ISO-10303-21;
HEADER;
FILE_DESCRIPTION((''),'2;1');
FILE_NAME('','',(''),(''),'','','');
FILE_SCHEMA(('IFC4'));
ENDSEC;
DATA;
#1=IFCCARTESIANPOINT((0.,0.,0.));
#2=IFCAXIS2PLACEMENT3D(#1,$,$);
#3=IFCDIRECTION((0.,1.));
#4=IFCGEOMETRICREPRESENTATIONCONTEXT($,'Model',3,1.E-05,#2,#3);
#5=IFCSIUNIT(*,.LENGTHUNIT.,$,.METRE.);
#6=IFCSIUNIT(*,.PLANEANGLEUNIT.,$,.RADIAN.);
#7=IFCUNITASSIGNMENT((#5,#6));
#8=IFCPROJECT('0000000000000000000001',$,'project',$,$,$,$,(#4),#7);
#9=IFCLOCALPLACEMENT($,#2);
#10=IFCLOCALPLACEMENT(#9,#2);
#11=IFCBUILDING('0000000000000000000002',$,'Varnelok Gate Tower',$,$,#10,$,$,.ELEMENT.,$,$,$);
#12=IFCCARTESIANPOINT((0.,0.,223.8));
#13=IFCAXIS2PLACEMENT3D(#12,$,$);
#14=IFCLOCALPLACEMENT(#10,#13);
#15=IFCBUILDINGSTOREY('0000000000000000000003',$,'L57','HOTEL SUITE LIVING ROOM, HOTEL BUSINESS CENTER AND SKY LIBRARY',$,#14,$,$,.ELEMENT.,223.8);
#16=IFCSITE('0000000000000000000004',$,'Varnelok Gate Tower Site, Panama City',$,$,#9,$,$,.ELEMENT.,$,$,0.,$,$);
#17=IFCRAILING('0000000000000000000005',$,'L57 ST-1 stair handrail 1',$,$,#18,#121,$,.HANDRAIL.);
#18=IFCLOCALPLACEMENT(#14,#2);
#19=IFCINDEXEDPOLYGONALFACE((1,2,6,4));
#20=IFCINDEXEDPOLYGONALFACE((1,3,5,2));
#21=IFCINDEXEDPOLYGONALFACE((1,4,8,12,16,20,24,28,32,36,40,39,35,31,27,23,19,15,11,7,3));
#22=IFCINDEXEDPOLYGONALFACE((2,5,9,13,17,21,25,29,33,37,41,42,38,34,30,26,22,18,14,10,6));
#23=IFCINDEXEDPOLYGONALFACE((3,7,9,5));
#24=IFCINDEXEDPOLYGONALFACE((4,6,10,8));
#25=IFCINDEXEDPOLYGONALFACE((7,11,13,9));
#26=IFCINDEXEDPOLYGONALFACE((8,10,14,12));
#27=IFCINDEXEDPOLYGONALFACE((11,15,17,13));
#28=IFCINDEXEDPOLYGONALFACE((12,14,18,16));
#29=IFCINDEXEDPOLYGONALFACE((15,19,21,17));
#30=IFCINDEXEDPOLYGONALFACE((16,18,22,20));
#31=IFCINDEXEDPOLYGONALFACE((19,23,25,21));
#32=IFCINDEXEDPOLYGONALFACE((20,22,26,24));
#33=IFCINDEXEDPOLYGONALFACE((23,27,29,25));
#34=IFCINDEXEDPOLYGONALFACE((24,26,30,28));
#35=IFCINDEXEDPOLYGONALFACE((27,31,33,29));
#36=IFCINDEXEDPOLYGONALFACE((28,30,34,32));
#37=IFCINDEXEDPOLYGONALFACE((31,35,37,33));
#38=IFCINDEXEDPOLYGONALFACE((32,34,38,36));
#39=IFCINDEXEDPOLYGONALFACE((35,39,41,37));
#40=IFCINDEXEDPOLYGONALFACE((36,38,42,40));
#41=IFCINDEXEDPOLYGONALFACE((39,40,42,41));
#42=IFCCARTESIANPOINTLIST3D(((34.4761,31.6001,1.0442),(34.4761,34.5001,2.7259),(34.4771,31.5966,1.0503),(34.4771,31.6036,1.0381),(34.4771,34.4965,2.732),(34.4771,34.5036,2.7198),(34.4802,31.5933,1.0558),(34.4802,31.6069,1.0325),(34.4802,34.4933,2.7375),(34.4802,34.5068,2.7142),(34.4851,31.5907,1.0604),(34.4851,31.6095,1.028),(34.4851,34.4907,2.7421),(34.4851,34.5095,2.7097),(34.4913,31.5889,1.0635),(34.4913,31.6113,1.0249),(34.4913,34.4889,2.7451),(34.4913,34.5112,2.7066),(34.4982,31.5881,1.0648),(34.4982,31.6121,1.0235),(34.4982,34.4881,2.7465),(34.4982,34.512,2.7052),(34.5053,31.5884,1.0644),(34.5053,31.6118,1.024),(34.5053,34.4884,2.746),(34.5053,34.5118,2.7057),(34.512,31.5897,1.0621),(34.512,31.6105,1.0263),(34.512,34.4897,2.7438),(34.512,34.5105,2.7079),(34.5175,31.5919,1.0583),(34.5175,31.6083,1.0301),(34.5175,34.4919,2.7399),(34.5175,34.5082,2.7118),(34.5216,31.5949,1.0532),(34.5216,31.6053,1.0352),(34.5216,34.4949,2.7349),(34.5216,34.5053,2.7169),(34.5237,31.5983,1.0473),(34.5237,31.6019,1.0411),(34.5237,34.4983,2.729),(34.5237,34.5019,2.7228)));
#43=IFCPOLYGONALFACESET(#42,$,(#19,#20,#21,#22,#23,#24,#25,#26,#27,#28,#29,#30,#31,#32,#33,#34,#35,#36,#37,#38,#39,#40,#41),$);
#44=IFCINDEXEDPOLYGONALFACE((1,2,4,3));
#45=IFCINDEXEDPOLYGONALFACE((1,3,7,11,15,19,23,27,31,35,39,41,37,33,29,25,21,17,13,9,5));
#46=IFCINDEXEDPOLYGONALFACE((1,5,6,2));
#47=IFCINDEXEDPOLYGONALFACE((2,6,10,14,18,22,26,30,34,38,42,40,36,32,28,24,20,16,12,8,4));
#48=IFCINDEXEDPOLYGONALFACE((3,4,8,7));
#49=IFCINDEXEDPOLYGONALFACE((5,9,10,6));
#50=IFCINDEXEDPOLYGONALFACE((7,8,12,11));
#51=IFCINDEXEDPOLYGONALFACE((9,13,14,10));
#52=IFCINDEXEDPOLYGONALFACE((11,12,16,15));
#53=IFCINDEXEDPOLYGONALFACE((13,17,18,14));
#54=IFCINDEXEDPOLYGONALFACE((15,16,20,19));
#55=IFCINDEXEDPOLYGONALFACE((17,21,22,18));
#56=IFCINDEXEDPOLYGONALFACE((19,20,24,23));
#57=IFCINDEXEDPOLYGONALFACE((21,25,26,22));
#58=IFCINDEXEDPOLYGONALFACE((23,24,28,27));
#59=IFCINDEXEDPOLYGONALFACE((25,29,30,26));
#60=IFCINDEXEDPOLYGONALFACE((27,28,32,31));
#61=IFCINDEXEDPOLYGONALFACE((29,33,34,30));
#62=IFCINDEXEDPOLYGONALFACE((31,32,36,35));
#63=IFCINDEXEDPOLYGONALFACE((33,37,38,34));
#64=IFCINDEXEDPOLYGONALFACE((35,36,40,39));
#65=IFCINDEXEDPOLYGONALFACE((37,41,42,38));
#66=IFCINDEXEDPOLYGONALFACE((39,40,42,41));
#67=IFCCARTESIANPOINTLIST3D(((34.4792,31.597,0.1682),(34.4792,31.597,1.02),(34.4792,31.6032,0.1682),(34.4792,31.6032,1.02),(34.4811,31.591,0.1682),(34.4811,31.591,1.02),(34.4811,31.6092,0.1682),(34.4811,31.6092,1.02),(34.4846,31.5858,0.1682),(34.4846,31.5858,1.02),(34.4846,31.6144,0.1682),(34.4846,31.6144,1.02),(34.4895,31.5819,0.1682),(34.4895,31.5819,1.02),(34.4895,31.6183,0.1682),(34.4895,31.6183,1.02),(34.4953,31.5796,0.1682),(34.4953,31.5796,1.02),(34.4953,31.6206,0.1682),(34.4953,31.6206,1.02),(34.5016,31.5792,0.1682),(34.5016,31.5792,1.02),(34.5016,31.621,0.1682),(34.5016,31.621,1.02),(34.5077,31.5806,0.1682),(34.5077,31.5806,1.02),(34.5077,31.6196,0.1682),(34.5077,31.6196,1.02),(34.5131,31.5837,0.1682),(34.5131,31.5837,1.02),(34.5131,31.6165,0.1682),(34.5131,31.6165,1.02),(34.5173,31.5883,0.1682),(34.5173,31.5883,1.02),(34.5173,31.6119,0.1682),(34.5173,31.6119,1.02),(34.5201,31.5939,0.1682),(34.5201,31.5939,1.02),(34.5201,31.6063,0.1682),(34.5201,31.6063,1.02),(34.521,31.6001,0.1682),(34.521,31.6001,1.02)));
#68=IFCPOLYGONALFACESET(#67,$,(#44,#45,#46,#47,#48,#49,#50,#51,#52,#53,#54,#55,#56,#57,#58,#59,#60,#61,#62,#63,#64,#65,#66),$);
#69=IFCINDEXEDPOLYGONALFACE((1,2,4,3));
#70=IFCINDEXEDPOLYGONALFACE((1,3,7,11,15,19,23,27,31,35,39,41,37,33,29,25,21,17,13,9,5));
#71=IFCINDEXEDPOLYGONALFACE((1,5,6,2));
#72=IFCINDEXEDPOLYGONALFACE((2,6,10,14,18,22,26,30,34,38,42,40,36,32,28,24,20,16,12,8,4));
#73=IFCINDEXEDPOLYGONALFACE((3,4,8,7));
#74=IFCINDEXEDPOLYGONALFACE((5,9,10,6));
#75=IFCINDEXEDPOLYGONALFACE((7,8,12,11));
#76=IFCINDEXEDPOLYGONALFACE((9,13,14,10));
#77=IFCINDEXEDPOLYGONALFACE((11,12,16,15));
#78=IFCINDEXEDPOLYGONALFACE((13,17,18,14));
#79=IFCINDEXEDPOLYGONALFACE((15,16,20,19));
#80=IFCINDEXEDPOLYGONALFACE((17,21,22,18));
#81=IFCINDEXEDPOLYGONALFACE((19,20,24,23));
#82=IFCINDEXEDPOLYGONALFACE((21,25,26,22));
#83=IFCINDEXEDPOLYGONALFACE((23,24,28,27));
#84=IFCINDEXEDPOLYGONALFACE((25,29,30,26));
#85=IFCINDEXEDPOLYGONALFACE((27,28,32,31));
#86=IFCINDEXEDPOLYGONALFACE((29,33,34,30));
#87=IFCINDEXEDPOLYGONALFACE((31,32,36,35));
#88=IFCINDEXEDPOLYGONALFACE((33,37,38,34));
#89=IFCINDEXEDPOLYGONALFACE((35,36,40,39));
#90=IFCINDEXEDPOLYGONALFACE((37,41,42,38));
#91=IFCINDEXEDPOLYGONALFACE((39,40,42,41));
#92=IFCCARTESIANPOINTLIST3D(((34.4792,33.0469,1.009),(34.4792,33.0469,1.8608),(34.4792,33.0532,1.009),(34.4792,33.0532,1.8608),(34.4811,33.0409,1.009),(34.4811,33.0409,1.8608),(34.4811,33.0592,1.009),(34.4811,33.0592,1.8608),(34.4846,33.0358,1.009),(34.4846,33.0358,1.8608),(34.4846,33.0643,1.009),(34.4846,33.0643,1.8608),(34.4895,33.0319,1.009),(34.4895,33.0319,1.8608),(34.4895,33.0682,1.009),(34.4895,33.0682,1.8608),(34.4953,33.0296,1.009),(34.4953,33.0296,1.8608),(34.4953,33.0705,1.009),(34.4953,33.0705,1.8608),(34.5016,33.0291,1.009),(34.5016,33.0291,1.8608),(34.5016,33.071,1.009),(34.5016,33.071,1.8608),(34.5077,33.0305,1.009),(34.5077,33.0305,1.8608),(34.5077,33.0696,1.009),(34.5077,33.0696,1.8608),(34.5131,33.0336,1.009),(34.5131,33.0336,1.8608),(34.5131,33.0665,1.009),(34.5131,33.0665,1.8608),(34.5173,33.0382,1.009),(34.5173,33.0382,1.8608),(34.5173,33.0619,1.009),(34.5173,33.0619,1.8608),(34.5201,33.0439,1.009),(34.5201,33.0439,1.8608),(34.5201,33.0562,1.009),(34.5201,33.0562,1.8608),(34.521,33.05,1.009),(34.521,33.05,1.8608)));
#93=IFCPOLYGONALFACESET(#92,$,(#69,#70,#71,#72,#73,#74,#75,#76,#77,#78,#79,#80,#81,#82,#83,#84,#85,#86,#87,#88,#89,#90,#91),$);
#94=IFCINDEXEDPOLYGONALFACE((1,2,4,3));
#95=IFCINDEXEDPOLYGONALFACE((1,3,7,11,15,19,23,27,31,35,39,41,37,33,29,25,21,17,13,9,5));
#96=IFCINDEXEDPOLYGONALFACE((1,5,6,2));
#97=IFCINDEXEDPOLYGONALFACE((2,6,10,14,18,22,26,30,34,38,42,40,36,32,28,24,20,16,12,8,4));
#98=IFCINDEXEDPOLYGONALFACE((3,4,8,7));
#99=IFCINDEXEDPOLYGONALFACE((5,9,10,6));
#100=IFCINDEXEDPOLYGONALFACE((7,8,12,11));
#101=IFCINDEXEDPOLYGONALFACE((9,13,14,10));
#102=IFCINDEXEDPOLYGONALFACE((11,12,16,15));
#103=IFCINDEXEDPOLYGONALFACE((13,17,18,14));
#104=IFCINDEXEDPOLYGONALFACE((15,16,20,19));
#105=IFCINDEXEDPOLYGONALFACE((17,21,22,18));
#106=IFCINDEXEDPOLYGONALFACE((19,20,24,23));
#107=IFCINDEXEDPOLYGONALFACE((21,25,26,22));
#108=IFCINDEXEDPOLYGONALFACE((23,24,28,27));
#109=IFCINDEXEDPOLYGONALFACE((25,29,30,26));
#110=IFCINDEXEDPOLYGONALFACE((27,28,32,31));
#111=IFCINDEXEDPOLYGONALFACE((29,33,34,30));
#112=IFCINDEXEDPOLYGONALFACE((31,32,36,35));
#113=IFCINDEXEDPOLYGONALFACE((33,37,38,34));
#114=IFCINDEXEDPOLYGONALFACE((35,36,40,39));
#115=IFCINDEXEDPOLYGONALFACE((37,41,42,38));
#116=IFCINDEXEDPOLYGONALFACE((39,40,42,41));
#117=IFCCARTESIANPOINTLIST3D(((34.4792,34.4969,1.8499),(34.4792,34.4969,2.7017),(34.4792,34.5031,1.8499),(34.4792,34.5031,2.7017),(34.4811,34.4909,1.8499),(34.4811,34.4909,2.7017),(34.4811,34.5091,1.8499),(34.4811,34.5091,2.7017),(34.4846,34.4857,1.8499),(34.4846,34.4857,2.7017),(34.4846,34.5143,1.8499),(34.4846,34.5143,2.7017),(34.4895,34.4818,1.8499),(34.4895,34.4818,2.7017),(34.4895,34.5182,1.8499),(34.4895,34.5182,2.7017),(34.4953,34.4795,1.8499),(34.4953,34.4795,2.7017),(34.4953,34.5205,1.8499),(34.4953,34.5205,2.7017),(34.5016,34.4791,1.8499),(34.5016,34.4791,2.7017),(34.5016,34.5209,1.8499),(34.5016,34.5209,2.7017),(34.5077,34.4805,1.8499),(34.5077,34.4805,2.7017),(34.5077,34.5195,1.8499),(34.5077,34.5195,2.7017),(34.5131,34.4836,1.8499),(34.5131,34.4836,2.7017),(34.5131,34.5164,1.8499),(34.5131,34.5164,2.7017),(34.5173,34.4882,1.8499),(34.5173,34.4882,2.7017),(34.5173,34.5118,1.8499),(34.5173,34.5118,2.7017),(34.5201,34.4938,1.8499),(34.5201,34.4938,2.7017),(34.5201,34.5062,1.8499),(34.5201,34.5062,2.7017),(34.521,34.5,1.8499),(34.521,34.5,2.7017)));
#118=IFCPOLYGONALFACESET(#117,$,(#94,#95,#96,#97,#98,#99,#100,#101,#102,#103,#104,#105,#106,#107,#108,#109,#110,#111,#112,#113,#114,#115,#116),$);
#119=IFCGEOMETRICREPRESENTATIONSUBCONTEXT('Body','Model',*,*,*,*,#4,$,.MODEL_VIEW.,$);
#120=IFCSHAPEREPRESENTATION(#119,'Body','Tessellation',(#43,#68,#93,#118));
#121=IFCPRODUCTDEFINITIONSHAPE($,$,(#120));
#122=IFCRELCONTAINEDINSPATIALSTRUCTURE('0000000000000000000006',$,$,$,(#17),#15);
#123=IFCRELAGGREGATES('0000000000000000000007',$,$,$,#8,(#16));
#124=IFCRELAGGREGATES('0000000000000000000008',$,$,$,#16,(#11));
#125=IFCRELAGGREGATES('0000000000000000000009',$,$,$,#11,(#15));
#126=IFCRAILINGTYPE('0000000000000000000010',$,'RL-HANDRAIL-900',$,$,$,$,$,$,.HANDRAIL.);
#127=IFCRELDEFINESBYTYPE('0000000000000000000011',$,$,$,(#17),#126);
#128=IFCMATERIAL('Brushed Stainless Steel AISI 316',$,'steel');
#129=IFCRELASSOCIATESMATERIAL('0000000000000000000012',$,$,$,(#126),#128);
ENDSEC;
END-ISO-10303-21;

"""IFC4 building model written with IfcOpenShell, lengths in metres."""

from ifc_helpers import new_model, si_unit, direction, frame, origin, origin_2d, place, context, subcontext, project, spatial, circle, extrude, material, type_object, element, save


model = new_model("IFC4")

# Units and contexts
model_context = context("Model", 3, precision=1e-05, world=origin(), true_north=direction((0.0, 1.0)))
body_context = subcontext(model_context, "Body", "Model", "MODEL_VIEW")
ifc_project = project(units=[si_unit("LENGTHUNIT", "METRE"), si_unit("PLANEANGLEUNIT", "RADIAN")], contexts=[model_context])

# Site, building, storey
site_placement = place(None, origin())
site = spatial("IfcSite", under=ifc_project, at=site_placement, Name="Varnelok Gate Tower Site, Panama City", CompositionType="ELEMENT", RefElevation=0.0)
building_placement = place(site_placement, origin())
building = spatial("IfcBuilding", under=site, at=building_placement, Name="Varnelok Gate Tower", CompositionType="ELEMENT")
storey_placement = place(building_placement, frame((0.0, 0.0, 223.8)))
storey = spatial("IfcBuildingStorey", under=building, at=storey_placement, Name="L57", Description="HOTEL SUITE LIVING ROOM, HOTEL BUSINESS CENTER AND SKY LIBRARY", CompositionType="ELEMENT", Elevation=223.8)

# Railing
ifc_material_1 = material(Name="Brushed Stainless Steel AISI 316", Category="steel")
railing_type_1 = type_object("IfcRailingType", Name="RL-HANDRAIL-900", PredefinedType="HANDRAIL", material=ifc_material_1)
railing_1_placement = place(storey_placement, frame((34.5, 31.6001, 0.1682)))
element("IfcRailing", 1, at=railing_1_placement, inside=storey, type_object=railing_type_1, Name="L57 ST-1 stair handrail 1", PredefinedType="HANDRAIL", context=body_context, shape_type="SweptSolid", body=[
    extrude(circle(Radius=0.0239, at=origin_2d()), frame((0.0, 0.0, 0.876), z_axis=(0.0, 0.86507, 0.501651), x_axis=(-1.0, 0.0, 0.0)), (0.0, 0.0, 1.0), 3.3523),
    extrude(circle(Radius=0.021, at=origin_2d()), origin(), (0.0, 0.0, 1.0), 0.8518),
    extrude(circle(Radius=0.021, at=origin_2d()), frame((0.0, 1.45, 0.8408)), (0.0, 0.0, 1.0), 0.8518),
    extrude(circle(Radius=0.021, at=origin_2d()), frame((0.0, 2.8999, 1.6816)), (0.0, 0.0, 1.0), 0.8518),
])

save(model, "model.ifc")
